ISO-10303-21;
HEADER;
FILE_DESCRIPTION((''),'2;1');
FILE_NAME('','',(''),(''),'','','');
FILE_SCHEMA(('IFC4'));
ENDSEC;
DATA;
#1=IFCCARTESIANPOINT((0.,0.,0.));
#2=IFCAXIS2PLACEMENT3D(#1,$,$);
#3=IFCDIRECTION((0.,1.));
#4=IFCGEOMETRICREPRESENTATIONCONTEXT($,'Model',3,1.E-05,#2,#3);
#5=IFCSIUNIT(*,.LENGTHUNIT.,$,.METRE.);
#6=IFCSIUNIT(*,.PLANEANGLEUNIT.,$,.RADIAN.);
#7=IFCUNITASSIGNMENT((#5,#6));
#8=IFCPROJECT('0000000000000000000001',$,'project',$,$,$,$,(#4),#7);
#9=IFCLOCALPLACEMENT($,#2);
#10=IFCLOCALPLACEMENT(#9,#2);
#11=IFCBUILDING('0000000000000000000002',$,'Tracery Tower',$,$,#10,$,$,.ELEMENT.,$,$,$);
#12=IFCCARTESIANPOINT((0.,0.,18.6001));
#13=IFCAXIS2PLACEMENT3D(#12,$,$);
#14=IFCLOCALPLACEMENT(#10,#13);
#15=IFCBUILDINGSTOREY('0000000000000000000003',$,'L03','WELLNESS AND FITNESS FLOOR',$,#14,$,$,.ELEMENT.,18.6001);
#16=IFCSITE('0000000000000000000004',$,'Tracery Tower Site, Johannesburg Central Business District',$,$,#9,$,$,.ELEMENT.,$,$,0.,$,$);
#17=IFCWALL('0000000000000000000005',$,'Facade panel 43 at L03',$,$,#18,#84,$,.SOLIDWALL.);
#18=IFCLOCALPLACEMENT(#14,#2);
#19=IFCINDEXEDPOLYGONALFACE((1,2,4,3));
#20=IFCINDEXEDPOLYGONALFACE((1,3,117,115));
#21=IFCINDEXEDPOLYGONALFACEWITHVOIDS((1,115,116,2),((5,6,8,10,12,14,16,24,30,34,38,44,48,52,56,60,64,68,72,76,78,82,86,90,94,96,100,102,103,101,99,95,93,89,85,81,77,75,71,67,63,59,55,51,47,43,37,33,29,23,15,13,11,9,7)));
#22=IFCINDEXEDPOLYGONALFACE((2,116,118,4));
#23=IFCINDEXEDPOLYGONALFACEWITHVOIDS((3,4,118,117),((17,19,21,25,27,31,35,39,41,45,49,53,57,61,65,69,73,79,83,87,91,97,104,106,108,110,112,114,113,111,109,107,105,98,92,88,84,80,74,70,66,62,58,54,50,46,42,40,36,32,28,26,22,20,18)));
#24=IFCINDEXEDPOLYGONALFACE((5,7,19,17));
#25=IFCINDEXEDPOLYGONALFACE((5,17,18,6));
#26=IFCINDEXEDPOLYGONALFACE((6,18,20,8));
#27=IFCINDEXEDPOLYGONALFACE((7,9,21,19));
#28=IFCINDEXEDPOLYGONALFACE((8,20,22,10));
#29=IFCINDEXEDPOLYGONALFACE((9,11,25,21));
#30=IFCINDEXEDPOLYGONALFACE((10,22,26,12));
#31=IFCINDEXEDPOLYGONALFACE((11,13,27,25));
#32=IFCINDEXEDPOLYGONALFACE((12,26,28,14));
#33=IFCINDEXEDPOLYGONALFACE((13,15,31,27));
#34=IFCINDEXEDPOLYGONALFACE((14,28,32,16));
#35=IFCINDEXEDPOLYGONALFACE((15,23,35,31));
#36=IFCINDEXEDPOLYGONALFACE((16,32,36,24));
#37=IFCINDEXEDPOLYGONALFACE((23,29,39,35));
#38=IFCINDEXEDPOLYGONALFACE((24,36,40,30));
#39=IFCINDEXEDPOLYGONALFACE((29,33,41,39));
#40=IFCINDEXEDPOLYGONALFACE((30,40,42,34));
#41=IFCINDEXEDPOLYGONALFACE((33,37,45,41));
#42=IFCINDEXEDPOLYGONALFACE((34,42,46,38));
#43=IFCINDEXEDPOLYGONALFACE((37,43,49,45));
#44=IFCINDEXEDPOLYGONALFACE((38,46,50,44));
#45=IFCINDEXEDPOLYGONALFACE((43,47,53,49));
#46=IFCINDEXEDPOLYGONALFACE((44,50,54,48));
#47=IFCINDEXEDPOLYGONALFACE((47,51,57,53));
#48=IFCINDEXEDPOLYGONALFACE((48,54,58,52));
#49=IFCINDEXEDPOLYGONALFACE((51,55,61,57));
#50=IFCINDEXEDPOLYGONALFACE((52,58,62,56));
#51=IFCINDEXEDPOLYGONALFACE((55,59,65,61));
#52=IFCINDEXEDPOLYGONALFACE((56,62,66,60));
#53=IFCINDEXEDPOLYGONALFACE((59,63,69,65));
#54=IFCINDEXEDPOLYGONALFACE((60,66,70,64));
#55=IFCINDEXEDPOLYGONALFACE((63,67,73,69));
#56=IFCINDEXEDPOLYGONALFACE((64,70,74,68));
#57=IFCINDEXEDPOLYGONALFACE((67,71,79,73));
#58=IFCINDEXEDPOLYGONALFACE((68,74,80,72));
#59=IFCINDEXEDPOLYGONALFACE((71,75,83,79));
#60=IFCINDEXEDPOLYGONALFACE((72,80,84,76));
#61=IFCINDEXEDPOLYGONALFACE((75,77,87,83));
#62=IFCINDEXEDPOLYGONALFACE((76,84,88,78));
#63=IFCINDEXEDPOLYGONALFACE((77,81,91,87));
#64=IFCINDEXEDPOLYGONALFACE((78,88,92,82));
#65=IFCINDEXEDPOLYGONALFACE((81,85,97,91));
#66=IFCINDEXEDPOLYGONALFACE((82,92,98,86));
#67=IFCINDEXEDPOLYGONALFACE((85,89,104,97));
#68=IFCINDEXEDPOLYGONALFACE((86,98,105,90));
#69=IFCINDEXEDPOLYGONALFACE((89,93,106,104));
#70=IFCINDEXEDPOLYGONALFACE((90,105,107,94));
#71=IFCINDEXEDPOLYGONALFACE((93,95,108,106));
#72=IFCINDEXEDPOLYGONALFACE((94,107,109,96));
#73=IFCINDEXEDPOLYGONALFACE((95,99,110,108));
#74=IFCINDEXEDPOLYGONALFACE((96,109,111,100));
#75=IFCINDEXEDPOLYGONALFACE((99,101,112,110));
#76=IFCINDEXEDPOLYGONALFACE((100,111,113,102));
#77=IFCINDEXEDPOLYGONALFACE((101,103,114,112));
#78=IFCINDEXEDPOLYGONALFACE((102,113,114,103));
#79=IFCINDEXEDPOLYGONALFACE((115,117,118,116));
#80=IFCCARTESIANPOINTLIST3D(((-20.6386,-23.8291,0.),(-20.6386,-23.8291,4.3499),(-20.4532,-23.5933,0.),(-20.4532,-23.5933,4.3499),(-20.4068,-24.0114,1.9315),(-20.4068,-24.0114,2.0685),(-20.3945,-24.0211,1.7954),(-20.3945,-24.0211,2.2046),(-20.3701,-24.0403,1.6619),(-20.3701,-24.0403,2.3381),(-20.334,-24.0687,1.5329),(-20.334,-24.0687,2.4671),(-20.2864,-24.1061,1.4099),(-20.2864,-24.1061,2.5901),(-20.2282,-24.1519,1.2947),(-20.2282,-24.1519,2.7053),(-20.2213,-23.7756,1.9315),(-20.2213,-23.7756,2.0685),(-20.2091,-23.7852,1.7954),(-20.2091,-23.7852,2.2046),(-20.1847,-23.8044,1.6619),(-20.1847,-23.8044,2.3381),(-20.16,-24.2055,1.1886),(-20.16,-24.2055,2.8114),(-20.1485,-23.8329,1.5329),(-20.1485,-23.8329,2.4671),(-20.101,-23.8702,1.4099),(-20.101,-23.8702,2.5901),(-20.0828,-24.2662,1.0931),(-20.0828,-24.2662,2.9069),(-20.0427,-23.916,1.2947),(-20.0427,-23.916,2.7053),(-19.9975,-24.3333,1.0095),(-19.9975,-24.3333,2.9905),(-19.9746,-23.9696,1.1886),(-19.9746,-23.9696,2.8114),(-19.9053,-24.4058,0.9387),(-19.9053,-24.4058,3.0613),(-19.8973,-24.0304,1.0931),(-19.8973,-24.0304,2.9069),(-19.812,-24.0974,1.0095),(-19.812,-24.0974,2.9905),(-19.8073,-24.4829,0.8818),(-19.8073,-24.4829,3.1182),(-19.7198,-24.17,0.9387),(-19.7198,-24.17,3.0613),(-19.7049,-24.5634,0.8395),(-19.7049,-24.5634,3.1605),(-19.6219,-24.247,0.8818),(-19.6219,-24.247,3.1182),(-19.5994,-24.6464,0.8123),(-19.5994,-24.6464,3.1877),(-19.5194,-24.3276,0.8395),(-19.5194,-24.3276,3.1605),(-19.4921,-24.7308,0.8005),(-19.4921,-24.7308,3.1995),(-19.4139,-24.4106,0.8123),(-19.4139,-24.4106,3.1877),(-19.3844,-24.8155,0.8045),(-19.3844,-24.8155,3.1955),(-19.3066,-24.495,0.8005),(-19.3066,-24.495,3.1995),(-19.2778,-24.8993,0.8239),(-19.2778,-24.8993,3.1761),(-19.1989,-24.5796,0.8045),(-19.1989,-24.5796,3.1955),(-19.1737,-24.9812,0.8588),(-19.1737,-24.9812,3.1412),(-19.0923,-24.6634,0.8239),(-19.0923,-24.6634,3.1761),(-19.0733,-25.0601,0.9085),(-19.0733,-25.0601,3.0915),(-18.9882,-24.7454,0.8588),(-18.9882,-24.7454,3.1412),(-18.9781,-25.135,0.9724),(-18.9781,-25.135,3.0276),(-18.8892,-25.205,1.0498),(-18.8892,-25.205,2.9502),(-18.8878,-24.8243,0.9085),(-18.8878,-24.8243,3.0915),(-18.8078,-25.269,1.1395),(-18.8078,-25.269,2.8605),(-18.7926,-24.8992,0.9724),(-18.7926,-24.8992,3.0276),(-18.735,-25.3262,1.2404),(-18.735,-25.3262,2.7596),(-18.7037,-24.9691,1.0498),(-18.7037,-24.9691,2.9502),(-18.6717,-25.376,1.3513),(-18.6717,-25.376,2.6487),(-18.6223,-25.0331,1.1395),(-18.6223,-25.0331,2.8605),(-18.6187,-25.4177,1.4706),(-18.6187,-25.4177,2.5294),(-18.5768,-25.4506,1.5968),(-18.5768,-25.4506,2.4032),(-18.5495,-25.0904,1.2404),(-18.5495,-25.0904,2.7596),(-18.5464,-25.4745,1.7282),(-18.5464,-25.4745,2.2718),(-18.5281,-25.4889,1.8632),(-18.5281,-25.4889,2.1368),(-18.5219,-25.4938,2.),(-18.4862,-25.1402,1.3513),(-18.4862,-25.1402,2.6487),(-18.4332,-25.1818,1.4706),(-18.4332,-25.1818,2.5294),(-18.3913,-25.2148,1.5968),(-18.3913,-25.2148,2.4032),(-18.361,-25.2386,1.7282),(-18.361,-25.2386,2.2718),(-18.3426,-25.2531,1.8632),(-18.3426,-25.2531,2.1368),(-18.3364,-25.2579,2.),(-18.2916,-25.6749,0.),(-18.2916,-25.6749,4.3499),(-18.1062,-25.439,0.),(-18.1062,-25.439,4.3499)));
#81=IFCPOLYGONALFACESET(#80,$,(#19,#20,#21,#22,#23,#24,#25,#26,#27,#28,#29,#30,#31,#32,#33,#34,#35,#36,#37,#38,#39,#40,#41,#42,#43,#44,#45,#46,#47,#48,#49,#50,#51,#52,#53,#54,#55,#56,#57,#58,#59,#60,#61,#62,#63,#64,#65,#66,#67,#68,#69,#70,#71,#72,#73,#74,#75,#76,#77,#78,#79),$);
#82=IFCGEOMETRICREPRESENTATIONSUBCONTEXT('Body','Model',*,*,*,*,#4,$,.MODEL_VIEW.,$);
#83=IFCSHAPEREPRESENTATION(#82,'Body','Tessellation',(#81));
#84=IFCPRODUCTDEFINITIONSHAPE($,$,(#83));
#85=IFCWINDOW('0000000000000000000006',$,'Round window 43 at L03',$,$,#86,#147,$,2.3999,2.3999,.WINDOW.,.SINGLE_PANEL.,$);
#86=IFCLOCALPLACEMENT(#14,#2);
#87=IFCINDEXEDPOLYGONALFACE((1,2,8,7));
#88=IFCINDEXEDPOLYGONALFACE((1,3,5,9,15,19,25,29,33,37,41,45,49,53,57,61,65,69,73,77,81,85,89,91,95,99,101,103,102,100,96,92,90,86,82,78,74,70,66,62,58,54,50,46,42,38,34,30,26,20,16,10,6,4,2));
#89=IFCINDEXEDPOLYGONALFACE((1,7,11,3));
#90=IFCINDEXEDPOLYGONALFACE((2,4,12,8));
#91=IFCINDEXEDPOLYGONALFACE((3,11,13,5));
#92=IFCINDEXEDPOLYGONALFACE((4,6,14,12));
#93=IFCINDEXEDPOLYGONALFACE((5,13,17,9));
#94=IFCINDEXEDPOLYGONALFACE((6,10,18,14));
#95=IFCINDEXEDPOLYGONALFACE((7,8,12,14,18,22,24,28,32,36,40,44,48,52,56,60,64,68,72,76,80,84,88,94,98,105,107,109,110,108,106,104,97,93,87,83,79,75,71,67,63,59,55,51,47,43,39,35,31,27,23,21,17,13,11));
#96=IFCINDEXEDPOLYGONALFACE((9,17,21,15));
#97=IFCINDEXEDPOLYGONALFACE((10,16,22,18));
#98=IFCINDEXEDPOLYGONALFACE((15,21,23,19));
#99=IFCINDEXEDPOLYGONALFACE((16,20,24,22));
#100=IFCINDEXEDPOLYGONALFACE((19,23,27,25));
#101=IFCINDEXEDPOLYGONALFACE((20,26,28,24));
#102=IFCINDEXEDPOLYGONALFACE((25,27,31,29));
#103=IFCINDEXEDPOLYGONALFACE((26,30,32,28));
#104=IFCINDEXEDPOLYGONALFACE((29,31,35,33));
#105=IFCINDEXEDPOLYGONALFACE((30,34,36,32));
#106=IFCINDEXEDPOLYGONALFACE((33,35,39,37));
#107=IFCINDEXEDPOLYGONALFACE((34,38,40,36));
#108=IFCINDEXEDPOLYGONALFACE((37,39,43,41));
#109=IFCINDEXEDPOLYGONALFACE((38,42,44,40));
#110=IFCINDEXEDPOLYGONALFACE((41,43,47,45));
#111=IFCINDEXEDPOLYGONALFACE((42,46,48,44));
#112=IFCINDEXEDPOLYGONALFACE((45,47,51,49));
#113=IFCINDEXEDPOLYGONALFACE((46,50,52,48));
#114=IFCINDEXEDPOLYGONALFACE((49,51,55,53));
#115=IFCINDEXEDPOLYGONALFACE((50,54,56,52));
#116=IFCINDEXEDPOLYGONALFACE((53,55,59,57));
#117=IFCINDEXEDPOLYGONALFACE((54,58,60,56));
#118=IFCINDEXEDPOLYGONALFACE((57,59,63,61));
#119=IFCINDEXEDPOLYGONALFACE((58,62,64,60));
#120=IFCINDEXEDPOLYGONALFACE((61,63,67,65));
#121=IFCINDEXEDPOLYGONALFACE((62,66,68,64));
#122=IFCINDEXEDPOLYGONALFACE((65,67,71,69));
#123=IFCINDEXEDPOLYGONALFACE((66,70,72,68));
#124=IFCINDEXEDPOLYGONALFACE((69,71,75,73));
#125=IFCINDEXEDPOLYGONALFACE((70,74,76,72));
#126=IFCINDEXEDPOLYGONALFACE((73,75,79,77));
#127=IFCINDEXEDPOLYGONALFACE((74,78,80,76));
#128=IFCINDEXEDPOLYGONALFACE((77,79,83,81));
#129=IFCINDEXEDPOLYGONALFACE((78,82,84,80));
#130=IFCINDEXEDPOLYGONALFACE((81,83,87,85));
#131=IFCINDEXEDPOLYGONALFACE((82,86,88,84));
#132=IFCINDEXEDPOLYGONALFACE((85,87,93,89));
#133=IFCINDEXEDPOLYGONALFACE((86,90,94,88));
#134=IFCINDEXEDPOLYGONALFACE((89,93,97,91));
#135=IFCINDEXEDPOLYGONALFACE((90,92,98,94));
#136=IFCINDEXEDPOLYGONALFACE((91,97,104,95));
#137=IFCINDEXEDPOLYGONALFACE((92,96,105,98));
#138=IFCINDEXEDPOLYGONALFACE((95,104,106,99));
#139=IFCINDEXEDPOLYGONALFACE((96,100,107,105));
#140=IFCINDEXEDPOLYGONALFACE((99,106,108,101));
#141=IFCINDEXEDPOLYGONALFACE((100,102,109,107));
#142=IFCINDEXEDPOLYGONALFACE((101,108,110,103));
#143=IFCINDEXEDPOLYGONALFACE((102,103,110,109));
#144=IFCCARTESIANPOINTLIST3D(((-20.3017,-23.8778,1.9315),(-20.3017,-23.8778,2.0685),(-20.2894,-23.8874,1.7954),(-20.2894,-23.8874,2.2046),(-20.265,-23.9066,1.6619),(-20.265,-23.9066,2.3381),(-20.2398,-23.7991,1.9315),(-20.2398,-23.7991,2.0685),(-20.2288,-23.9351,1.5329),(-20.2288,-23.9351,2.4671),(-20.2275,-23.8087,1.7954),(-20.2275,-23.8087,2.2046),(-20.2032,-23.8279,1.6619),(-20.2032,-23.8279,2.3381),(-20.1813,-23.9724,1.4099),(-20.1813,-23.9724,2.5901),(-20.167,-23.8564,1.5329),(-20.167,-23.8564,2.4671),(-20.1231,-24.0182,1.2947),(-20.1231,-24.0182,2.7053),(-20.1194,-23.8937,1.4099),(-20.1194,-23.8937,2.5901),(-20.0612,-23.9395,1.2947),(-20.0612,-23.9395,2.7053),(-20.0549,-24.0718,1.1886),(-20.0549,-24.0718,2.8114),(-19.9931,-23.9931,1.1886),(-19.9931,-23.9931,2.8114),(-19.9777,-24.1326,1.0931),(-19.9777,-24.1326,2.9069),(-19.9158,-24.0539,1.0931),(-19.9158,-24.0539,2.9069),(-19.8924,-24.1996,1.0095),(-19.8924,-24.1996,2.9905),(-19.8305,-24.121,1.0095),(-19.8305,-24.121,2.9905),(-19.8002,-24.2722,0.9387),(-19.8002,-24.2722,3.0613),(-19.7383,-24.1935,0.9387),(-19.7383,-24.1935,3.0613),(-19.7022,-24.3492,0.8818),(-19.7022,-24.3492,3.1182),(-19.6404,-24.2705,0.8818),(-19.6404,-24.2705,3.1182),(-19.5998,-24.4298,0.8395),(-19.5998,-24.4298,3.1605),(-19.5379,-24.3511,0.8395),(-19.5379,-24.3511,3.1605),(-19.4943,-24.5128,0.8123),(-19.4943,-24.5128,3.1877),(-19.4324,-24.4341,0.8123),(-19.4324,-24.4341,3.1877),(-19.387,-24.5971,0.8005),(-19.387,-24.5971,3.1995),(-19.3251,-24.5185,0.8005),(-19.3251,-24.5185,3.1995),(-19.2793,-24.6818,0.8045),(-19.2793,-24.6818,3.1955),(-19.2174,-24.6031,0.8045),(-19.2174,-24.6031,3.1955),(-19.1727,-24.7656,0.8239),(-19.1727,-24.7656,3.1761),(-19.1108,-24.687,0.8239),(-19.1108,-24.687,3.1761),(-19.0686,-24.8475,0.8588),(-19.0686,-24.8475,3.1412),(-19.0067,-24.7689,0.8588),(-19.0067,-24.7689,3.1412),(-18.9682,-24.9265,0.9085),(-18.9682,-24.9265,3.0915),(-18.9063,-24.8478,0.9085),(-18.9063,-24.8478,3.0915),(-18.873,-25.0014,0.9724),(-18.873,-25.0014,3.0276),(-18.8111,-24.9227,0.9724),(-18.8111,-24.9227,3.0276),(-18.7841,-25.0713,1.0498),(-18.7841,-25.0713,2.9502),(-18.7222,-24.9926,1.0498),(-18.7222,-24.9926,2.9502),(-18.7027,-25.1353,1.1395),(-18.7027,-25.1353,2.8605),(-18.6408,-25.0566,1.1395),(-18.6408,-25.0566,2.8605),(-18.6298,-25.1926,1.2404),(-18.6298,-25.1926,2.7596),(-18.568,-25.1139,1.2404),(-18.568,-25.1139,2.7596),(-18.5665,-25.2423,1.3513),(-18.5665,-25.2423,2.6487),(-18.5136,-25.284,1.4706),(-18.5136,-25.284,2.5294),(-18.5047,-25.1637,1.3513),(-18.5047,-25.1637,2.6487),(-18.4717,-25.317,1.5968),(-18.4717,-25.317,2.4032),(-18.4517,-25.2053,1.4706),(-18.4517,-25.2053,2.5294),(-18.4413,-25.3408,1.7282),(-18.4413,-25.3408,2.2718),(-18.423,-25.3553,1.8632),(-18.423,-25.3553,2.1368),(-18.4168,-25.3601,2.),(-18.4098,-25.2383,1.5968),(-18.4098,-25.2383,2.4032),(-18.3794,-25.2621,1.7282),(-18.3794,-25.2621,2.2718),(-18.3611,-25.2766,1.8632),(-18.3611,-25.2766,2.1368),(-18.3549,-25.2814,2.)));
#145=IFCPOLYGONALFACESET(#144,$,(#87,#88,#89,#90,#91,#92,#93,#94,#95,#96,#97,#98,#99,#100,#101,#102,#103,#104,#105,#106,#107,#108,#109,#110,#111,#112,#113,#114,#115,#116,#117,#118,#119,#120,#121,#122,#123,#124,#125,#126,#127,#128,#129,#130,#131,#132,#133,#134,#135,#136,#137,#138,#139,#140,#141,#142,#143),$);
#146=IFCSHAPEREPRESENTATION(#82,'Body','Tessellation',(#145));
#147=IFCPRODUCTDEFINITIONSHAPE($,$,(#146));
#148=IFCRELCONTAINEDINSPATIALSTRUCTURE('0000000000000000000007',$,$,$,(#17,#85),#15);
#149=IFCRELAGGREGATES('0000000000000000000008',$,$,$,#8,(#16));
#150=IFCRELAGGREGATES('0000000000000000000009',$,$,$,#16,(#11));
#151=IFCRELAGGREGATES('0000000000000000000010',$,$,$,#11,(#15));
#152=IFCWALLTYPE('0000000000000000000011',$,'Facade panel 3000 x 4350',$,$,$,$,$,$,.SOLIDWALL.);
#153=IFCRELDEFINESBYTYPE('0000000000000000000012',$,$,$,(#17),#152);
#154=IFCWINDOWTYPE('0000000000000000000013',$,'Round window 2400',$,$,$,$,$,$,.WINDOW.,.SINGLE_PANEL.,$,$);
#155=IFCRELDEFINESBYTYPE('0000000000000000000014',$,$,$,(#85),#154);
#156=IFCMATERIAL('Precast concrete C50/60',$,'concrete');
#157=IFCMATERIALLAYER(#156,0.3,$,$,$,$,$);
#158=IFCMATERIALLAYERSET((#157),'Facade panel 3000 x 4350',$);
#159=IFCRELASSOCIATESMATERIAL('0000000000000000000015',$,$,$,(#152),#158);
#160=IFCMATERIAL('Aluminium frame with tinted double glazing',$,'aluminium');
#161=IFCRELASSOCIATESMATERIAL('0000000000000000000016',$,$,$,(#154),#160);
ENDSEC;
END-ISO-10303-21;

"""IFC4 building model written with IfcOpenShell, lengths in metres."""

from ifc_helpers import new_model, si_unit, direction, frame, frame_2d, origin, origin_2d, place, context, subcontext, project, spatial, rectangle, circle, extrude, material, layer, layer_set, type_object, element, fill, save


model = new_model("IFC4")

# Units and contexts
model_context = context("Model", 3, precision=1e-05, world=origin(), true_north=direction((0.0, 1.0)))
body_context = subcontext(model_context, "Body", "Model", "MODEL_VIEW")
ifc_project = project(units=[si_unit("LENGTHUNIT", "METRE"), si_unit("PLANEANGLEUNIT", "RADIAN")], contexts=[model_context])

# Site, building, storey
site_placement = place(None, origin())
site = spatial("IfcSite", under=ifc_project, at=site_placement, Name="Tracery Tower Site, Johannesburg Central Business District", CompositionType="ELEMENT", RefElevation=0.0)
building_placement = place(site_placement, origin())
building = spatial("IfcBuilding", under=site, at=building_placement, Name="Tracery Tower", CompositionType="ELEMENT")
storey_placement = place(building_placement, frame((0.0, 0.0, 18.6001)))
storey = spatial("IfcBuildingStorey", under=building, at=storey_placement, Name="L03", Description="WELLNESS AND FITNESS FLOOR", CompositionType="ELEMENT", Elevation=18.6001)

# Wall, opening, window
ifc_material_1 = material(Name="Precast concrete C50/60", Category="concrete")
ifc_layer_1 = layer(ifc_material_1, 0.3)
ifc_layer_set_1 = layer_set([ifc_layer_1], Name="Facade panel 3000 x 4350")
wall_type_1 = type_object("IfcWallType", Name="Facade panel 3000 x 4350", PredefinedType="SOLIDWALL", material=ifc_layer_set_1)
ifc_material_2 = material(Name="Aluminium frame with tinted double glazing", Category="aluminium")
window_type = type_object("IfcWindowType", Name="Round window 2400", PartitioningType="SINGLE_PANEL", PredefinedType="WINDOW", material=ifc_material_2)
wall_1_placement = place(storey_placement, frame((-20.5459, -23.7112, 0.0), z_axis=(0.0, 0.0, 1.0), x_axis=(0.786043, -0.618172, 0.0)))
wall_1 = element("IfcWall", 1, at=wall_1_placement, inside=storey, type_object=wall_type_1, Name="Facade panel 43 at L03", PredefinedType="SOLIDWALL", context=body_context, shape_type="SweptSolid", body=[
    extrude(rectangle(XDim=2.9858, YDim=0.3, at=frame_2d((1.4929, 0.0))), origin(), (0.0, 0.0, 1.0), 4.3499),
])
opening_1_placement = place(wall_1_placement, frame((1.4929, 0.0, 2.0)))
opening_1 = element("IfcOpeningElement", 2, at=opening_1_placement, cuts=wall_1, PredefinedType="OPENING", context=body_context, shape_type="SweptSolid", body=[
    extrude(circle(Radius=1.2, at=origin_2d()), frame((0.0, 0.1599, 0.0), z_axis=(0.0, -1.0, 0.0), x_axis=(1.0, 0.0, 0.0)), (0.0, 0.0, 1.0), 0.3201),
])
window_1_placement = place(opening_1_placement, origin())
window_1 = element("IfcWindow", 3, at=window_1_placement, inside=storey, type_object=window_type, Name="Round window 43 at L03", OverallHeight=2.3999, OverallWidth=2.3999, PartitioningType="SINGLE_PANEL", PredefinedType="WINDOW", context=body_context, shape_type="SweptSolid", body=[
    extrude(circle(Radius=1.2, at=origin_2d()), frame((0.0, 0.1201, 0.0), z_axis=(0.0, -1.0, 0.0), x_axis=(1.0, 0.0, 0.0)), (0.0, 0.0, 1.0), 0.1001),
])
fill(opening_1, window_1)

save(model, "model.ifc")
